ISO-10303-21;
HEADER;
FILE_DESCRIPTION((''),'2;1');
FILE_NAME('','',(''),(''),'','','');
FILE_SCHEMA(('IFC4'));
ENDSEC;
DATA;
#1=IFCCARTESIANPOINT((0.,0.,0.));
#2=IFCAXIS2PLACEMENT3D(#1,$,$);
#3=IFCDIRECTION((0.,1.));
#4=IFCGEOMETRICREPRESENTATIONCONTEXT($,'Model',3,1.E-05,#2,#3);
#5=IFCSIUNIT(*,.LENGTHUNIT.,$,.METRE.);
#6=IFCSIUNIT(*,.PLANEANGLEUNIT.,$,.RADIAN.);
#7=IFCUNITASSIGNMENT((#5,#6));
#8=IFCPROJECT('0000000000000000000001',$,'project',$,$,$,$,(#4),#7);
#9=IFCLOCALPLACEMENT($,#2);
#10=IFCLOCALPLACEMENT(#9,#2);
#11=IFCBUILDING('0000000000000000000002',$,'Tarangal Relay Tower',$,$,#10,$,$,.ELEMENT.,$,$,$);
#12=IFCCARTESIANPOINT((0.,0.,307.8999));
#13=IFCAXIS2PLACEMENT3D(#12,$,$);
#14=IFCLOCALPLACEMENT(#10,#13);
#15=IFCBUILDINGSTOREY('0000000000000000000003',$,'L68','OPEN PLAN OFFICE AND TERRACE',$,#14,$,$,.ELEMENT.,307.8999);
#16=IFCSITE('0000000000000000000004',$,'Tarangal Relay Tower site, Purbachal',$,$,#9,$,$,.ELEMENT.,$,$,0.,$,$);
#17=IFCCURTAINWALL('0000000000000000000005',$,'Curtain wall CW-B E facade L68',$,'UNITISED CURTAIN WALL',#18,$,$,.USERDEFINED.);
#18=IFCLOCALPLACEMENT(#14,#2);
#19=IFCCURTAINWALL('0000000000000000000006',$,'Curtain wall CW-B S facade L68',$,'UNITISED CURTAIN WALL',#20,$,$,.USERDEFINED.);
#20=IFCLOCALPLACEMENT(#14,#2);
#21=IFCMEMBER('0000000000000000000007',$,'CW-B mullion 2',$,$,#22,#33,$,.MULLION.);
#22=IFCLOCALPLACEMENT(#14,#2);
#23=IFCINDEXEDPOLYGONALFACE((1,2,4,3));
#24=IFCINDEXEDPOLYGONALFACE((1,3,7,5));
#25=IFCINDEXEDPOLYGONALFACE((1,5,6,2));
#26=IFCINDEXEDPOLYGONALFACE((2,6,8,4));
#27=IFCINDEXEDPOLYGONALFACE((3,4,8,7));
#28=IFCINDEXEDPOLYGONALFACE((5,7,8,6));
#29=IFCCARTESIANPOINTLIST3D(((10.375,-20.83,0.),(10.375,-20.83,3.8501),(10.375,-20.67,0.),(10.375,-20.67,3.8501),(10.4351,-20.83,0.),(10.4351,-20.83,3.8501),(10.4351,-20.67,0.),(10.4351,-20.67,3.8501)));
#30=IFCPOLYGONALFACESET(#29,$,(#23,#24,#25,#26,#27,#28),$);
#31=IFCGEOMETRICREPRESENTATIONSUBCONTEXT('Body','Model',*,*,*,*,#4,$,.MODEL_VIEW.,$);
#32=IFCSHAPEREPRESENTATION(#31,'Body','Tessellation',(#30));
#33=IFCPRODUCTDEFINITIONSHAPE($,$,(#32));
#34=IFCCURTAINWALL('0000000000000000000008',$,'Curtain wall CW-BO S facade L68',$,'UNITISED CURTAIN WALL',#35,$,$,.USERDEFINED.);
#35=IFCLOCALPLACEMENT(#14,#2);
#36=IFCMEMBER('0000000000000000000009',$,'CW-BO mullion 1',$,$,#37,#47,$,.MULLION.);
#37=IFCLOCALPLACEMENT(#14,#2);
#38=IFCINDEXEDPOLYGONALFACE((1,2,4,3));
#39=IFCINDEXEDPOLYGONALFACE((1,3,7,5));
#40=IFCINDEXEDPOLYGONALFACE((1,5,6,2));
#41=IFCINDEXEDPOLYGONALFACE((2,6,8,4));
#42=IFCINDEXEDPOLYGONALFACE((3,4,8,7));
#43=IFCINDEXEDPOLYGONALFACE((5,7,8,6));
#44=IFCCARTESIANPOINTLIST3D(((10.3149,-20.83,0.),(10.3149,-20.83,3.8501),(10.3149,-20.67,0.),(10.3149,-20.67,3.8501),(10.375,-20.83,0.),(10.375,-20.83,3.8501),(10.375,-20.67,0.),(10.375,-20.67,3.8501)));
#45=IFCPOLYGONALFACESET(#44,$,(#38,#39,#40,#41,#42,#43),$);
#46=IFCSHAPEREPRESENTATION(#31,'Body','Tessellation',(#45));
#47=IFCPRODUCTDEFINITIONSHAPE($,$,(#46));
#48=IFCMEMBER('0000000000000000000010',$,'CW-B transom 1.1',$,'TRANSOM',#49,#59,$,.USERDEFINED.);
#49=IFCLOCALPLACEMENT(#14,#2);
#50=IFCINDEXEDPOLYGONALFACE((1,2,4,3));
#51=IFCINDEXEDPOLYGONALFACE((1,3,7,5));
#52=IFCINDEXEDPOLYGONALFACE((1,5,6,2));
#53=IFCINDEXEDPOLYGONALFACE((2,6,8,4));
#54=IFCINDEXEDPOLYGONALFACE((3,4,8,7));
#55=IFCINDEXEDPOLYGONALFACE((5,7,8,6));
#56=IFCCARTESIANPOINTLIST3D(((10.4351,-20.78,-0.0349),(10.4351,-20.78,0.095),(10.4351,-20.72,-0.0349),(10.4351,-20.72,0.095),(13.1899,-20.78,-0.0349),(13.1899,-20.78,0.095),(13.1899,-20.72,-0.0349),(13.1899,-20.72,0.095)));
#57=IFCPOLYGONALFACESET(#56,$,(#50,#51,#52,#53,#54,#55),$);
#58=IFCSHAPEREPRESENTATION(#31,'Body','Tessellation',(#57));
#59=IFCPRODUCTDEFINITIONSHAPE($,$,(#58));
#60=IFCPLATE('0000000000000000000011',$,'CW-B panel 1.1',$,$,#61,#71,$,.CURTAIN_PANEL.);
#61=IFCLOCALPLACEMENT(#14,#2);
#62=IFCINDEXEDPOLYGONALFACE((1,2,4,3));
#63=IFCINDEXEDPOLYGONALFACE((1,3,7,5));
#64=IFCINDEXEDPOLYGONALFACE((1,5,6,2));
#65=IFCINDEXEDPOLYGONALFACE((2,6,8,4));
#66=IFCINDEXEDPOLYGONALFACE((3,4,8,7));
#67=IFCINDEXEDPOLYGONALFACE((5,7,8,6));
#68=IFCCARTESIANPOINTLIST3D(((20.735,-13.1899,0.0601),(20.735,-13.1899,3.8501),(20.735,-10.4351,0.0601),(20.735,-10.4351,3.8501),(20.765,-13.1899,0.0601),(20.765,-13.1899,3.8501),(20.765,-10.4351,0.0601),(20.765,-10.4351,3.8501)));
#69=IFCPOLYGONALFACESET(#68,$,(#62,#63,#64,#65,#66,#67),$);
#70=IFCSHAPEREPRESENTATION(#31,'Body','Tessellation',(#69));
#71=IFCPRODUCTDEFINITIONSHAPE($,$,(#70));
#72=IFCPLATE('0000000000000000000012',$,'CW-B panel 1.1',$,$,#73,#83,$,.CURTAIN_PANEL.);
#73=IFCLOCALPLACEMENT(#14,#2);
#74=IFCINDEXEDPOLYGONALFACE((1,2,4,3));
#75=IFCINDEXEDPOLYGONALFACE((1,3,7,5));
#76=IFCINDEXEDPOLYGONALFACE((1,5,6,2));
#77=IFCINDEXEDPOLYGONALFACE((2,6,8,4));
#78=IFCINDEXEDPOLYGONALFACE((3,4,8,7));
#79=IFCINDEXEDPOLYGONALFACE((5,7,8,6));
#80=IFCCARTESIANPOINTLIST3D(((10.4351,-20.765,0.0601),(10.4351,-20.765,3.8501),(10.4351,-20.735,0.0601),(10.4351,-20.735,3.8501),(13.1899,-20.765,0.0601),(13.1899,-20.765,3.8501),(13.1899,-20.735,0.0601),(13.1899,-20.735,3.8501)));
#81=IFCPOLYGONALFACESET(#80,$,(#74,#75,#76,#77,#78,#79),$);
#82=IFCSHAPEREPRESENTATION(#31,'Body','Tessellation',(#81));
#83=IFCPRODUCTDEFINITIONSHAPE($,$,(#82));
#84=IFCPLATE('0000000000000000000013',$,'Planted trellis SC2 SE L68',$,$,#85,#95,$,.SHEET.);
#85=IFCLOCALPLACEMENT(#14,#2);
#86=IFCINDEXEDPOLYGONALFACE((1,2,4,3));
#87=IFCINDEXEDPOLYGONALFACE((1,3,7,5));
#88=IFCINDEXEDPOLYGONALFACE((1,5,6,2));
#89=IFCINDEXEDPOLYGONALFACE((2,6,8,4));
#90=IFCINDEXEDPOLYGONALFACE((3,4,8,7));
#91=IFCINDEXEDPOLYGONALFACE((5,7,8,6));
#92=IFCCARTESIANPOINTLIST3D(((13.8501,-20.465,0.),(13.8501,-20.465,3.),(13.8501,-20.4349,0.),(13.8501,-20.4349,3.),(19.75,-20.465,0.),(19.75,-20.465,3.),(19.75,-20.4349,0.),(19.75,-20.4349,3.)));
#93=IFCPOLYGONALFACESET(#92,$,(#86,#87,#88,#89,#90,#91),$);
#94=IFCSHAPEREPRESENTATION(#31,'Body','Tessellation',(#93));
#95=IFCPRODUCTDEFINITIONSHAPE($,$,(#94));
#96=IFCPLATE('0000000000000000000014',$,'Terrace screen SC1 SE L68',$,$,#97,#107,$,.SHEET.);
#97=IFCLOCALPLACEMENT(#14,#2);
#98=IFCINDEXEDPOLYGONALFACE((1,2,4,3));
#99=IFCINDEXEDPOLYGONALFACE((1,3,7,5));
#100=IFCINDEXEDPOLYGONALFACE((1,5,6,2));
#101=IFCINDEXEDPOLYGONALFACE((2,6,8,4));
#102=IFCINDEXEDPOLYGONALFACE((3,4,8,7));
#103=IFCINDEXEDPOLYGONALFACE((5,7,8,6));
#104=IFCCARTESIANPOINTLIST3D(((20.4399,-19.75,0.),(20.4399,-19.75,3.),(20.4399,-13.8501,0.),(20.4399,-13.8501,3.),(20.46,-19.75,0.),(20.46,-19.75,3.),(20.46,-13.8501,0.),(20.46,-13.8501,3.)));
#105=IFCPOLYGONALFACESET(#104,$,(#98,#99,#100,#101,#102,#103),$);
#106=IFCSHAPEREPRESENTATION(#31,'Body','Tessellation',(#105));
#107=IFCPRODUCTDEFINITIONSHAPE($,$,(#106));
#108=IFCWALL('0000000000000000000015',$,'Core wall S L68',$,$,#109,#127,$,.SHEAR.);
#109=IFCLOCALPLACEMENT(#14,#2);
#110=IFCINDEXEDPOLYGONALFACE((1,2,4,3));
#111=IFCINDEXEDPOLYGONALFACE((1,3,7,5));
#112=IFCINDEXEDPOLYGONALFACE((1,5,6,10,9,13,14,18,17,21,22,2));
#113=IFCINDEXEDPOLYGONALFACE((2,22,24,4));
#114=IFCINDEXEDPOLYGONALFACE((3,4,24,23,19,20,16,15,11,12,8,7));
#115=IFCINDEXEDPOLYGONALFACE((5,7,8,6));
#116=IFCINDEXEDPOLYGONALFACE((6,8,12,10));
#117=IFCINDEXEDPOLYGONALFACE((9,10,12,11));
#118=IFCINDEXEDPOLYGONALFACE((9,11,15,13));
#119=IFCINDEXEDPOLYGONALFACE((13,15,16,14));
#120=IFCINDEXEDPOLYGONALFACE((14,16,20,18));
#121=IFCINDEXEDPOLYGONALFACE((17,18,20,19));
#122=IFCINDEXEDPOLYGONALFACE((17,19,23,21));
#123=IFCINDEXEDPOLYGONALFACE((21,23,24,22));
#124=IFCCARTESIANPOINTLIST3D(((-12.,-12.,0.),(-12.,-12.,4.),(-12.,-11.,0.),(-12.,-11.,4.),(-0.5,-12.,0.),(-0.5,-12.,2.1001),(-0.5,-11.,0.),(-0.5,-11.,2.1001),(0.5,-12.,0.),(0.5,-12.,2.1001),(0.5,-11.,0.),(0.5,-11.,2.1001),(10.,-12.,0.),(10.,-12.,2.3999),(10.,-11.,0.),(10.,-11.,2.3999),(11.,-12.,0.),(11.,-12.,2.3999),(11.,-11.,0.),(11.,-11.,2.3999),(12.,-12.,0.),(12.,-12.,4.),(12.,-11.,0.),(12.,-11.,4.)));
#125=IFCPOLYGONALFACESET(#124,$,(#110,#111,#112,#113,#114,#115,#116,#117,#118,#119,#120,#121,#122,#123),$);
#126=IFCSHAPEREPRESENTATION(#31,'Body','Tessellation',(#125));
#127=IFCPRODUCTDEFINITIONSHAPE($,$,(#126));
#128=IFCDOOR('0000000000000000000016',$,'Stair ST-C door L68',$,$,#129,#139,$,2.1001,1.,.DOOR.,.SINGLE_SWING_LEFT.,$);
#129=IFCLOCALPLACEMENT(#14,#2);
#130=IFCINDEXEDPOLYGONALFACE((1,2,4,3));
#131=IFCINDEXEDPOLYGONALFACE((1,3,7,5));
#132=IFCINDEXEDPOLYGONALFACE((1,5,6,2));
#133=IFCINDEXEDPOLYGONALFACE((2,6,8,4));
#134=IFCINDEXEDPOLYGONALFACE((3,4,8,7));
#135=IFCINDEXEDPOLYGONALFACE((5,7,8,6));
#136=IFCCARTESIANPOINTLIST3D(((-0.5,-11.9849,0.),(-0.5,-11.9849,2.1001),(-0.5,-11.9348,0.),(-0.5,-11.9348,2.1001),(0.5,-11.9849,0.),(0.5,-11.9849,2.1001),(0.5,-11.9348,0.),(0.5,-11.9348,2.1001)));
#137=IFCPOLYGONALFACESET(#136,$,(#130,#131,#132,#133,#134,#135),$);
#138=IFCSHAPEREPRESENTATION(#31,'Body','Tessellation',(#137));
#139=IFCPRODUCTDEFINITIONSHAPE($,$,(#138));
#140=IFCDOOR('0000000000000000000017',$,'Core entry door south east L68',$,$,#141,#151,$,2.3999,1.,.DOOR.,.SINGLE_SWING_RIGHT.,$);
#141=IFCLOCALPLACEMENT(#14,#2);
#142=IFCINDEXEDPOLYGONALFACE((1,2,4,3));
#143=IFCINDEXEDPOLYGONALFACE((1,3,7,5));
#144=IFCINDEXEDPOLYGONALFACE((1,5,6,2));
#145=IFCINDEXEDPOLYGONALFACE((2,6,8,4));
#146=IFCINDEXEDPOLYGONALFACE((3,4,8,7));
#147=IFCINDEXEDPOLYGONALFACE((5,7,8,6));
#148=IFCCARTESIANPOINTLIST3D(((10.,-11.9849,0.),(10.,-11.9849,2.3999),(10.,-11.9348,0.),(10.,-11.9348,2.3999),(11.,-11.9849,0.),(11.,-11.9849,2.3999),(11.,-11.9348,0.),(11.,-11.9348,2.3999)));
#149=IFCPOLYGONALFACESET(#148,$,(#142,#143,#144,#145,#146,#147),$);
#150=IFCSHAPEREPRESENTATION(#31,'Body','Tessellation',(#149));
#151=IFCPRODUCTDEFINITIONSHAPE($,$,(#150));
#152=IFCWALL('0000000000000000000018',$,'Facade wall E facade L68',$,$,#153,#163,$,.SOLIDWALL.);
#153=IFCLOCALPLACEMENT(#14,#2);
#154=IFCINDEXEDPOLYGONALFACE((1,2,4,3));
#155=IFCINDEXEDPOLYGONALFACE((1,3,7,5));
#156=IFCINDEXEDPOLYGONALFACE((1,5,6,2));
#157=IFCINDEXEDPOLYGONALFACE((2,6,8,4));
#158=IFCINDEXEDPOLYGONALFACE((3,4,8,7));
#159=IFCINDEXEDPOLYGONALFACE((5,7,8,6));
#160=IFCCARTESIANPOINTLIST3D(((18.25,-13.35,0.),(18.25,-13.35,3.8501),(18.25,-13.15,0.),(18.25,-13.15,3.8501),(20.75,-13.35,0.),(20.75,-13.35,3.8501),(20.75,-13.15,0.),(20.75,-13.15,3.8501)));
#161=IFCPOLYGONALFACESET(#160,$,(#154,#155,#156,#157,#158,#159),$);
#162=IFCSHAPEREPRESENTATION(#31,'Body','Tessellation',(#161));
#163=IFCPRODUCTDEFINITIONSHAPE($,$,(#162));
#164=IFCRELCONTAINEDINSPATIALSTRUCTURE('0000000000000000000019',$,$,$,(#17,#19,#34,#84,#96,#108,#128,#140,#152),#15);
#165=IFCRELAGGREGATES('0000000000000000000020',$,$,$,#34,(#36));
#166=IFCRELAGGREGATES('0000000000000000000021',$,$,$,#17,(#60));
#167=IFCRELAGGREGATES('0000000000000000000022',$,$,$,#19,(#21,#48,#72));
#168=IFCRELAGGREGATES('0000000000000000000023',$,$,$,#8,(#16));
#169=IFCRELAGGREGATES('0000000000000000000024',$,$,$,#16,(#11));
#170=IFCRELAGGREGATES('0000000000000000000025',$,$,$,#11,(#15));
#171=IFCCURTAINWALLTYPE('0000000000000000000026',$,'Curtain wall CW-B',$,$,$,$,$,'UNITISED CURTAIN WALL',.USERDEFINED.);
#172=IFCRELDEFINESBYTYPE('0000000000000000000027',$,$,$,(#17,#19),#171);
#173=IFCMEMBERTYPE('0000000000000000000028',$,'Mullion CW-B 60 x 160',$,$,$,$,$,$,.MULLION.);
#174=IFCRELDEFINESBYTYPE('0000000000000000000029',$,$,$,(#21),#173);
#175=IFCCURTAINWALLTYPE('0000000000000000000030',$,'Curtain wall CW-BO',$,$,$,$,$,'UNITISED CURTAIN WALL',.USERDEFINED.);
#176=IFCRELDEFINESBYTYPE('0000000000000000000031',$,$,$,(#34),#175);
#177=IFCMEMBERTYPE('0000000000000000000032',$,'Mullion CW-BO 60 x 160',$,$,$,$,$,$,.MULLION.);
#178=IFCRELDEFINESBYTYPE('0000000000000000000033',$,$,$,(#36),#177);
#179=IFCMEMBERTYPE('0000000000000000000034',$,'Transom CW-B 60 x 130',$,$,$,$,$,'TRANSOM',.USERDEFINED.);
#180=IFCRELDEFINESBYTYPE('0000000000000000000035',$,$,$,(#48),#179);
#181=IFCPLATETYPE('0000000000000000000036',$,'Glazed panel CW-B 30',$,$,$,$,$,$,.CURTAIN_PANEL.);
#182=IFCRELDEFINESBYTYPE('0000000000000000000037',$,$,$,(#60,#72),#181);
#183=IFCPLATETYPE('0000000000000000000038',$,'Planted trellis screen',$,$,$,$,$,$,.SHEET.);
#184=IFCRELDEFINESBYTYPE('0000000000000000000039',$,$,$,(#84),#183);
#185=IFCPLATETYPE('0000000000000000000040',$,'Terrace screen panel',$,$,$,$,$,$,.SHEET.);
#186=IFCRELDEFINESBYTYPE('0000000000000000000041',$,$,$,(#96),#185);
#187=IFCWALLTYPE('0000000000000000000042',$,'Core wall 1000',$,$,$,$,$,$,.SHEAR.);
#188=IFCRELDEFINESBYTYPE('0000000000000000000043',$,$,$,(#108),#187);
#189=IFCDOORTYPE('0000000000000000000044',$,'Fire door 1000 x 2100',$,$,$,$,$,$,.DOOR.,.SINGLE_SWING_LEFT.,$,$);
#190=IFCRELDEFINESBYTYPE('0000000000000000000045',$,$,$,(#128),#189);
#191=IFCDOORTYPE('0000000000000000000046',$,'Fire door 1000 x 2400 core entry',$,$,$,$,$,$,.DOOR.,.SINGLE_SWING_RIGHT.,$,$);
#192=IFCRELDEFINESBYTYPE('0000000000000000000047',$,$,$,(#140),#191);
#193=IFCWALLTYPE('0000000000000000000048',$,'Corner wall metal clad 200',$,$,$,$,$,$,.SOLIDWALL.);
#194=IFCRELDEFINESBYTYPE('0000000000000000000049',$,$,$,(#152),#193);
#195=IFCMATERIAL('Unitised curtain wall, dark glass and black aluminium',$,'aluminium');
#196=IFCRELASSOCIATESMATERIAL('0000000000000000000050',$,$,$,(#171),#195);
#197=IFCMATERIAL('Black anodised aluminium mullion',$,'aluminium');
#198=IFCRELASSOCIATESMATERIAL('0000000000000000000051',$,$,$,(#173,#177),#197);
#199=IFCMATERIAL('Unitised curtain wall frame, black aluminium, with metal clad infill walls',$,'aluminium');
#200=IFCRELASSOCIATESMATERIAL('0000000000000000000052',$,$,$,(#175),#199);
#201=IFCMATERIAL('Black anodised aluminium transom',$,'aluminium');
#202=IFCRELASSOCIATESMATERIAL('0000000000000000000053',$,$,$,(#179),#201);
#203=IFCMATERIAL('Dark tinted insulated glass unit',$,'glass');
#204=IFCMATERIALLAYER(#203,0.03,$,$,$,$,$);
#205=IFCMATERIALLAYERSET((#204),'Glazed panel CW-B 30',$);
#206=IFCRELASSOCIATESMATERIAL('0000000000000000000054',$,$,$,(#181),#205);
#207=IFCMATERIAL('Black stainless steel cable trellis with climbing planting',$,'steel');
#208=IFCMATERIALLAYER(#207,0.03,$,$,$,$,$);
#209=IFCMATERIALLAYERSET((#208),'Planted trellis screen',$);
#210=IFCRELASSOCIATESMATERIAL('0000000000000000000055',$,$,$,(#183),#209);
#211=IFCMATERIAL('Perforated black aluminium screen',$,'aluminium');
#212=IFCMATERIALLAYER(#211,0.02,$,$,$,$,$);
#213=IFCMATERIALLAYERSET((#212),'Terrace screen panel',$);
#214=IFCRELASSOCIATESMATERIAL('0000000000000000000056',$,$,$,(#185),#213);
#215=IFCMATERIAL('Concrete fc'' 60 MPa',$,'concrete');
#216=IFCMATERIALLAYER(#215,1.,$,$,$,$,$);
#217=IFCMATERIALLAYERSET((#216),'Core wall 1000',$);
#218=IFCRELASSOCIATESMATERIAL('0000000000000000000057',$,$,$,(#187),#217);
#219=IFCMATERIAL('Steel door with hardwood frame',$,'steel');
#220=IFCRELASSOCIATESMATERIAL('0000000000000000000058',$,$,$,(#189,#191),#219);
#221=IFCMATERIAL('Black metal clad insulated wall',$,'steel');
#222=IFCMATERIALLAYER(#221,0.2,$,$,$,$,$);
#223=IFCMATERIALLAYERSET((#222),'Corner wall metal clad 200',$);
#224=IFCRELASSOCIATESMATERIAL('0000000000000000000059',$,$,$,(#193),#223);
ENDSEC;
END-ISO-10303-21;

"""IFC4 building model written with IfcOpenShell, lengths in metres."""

from ifc_helpers import new_model, si_unit, direction, frame, frame_2d, origin, origin_2d, place, context, subcontext, project, spatial, rectangle, extrude, material, layer, layer_set, material_profile, profile_set, type_object, element, fill, aggregate, save


model = new_model("IFC4")

# Units and contexts
model_context = context("Model", 3, precision=1e-05, world=origin(), true_north=direction((0.0, 1.0)))
body_context = subcontext(model_context, "Body", "Model", "MODEL_VIEW")
ifc_project = project(units=[si_unit("LENGTHUNIT", "METRE"), si_unit("PLANEANGLEUNIT", "RADIAN")], contexts=[model_context])

# Site, building, storey
site_placement = place(None, origin())
site = spatial("IfcSite", under=ifc_project, at=site_placement, Name="Tarangal Relay Tower site, Purbachal", CompositionType="ELEMENT", RefElevation=0.0)
building_placement = place(site_placement, origin())
building = spatial("IfcBuilding", under=site, at=building_placement, Name="Tarangal Relay Tower", CompositionType="ELEMENT")
storey_placement = place(building_placement, frame((0.0, 0.0, 307.8999)))
storey = spatial("IfcBuildingStorey", under=building, at=storey_placement, Name="L68", Description="OPEN PLAN OFFICE AND TERRACE", CompositionType="ELEMENT", Elevation=307.8999)

# Curtain wall
ifc_material_1 = material(Name="Unitised curtain wall, dark glass and black aluminium", Category="aluminium")
curtain_wall_type_1 = type_object("IfcCurtainWallType", Name="Curtain wall CW-B", ElementType="UNITISED CURTAIN WALL", PredefinedType="USERDEFINED", material=ifc_material_1)
curtain_wall_1_placement = place(storey_placement, origin())
curtain_wall_1 = element("IfcCurtainWall", 1, at=curtain_wall_1_placement, inside=storey, type_object=curtain_wall_type_1, Name="Curtain wall CW-B E facade L68", ObjectType="UNITISED CURTAIN WALL", PredefinedType="USERDEFINED")
ifc_material_2 = material(Name="Black anodised aluminium mullion", Category="aluminium")
ifc_material_profile_1 = material_profile(ifc_material_2, rectangle(XDim=0.1599, YDim=0.0601, at=origin_2d()), Name="CW-BM 60X160")
ifc_profile_set_1 = profile_set([ifc_material_profile_1], Name="Black anodised aluminium mullion")
member_type_1 = type_object("IfcMemberType", Name="Mullion CW-B 60 x 160", PredefinedType="MULLION", material=ifc_profile_set_1)

# Curtain wall, member
curtain_wall_2_placement = place(storey_placement, origin())
curtain_wall_2 = element("IfcCurtainWall", 2, at=curtain_wall_2_placement, inside=storey, type_object=curtain_wall_type_1, Name="Curtain wall CW-B S facade L68", ObjectType="UNITISED CURTAIN WALL", PredefinedType="USERDEFINED")
member_1_placement = place(storey_placement, frame((10.405, -20.75, 0.0), z_axis=(0.0, 0.0, 1.0), x_axis=(0.0, -1.0, 0.0)))
member_1 = element("IfcMember", 3, at=member_1_placement, type_object=member_type_1, Name="CW-B mullion 2", PredefinedType="MULLION", context=body_context, shape_type="SweptSolid", body=[
    extrude(rectangle(XDim=0.1599, YDim=0.0601, at=origin_2d()), origin(), (0.0, 0.0, 1.0), 3.8501),
])

# Curtain wall, member
ifc_material_3 = material(Name="Unitised curtain wall frame, black aluminium, with metal clad infill walls", Category="aluminium")
curtain_wall_type_2 = type_object("IfcCurtainWallType", Name="Curtain wall CW-BO", ElementType="UNITISED CURTAIN WALL", PredefinedType="USERDEFINED", material=ifc_material_3)
curtain_wall_3_placement = place(storey_placement, origin())
curtain_wall_3 = element("IfcCurtainWall", 4, at=curtain_wall_3_placement, inside=storey, type_object=curtain_wall_type_2, Name="Curtain wall CW-BO S facade L68", ObjectType="UNITISED CURTAIN WALL", PredefinedType="USERDEFINED")
ifc_material_profile_2 = material_profile(ifc_material_2, rectangle(XDim=0.1599, YDim=0.0601, at=origin_2d()), Name="CW-BOM 60X160")
ifc_profile_set_2 = profile_set([ifc_material_profile_2], Name="Black anodised aluminium mullion")
member_type_2 = type_object("IfcMemberType", Name="Mullion CW-BO 60 x 160", PredefinedType="MULLION", material=ifc_profile_set_2)
member_2_placement = place(storey_placement, frame((10.345, -20.75, 0.0), z_axis=(0.0, 0.0, 1.0), x_axis=(0.0, -1.0, 0.0)))
member_2 = element("IfcMember", 5, at=member_2_placement, type_object=member_type_2, Name="CW-BO mullion 1", PredefinedType="MULLION", context=body_context, shape_type="SweptSolid", body=[
    extrude(rectangle(XDim=0.1599, YDim=0.0601, at=origin_2d()), origin(), (0.0, 0.0, 1.0), 3.8501),
])
aggregate(curtain_wall_3, [member_2])

# Member
ifc_material_4 = material(Name="Black anodised aluminium transom", Category="aluminium")
ifc_material_profile_3 = material_profile(ifc_material_4, rectangle(XDim=0.0601, YDim=0.1299, at=origin_2d()), Name="CW-BT 60X130")
ifc_profile_set_3 = profile_set([ifc_material_profile_3], Name="Black anodised aluminium transom")
member_type_3 = type_object("IfcMemberType", Name="Transom CW-B 60 x 130", ElementType="TRANSOM", PredefinedType="USERDEFINED", material=ifc_profile_set_3)
member_3_placement = place(storey_placement, frame((13.1899, -20.75, 0.03), z_axis=(-1.0, 0.0, 0.0), x_axis=(0.0, -1.0, 0.0)))
member_3 = element("IfcMember", 6, at=member_3_placement, type_object=member_type_3, Name="CW-B transom 1.1", ObjectType="TRANSOM", PredefinedType="USERDEFINED", context=body_context, shape_type="SweptSolid", body=[
    extrude(rectangle(XDim=0.0601, YDim=0.1299, at=origin_2d()), origin(), (0.0, 0.0, 1.0), 2.7549),
])

# Plates
ifc_material_5 = material(Name="Dark tinted insulated glass unit", Category="glass")
ifc_layer_1 = layer(ifc_material_5, 0.03)
ifc_layer_set_1 = layer_set([ifc_layer_1], Name="Glazed panel CW-B 30")
plate_type_1 = type_object("IfcPlateType", Name="Glazed panel CW-B 30", PredefinedType="CURTAIN_PANEL", material=ifc_layer_set_1)
plate_1_placement = place(storey_placement, frame((20.75, -11.8125, 0.0601), z_axis=(0.0, 0.0, 1.0), x_axis=(0.0, -1.0, 0.0)))
plate_1 = element("IfcPlate", 7, at=plate_1_placement, type_object=plate_type_1, Name="CW-B panel 1.1", PredefinedType="CURTAIN_PANEL", context=body_context, shape_type="SweptSolid", body=[
    extrude(rectangle(XDim=2.7549, YDim=0.03, at=origin_2d()), origin(), (0.0, 0.0, 1.0), 3.79),
])
aggregate(curtain_wall_1, [plate_1])
plate_2_placement = place(storey_placement, frame((11.8125, -20.75, 0.0601), z_axis=(0.0, 0.0, 1.0), x_axis=(-1.0, 0.0, 0.0)))
plate_2 = element("IfcPlate", 8, at=plate_2_placement, type_object=plate_type_1, Name="CW-B panel 1.1", PredefinedType="CURTAIN_PANEL", context=body_context, shape_type="SweptSolid", body=[
    extrude(rectangle(XDim=2.7549, YDim=0.03, at=origin_2d()), origin(), (0.0, 0.0, 1.0), 3.79),
])
aggregate(curtain_wall_2, [member_1, member_3, plate_2])

# Plates
ifc_material_6 = material(Name="Black stainless steel cable trellis with climbing planting", Category="steel")
ifc_layer_2 = layer(ifc_material_6, 0.03)
ifc_layer_set_2 = layer_set([ifc_layer_2], Name="Planted trellis screen")
plate_type_2 = type_object("IfcPlateType", Name="Planted trellis screen", PredefinedType="SHEET", material=ifc_layer_set_2)
plate_3_placement = place(storey_placement, frame((16.8, -20.45, 0.0), z_axis=(0.0, 0.0, 1.0), x_axis=(-1.0, 0.0, 0.0)))
element("IfcPlate", 9, at=plate_3_placement, inside=storey, type_object=plate_type_2, Name="Planted trellis SC2 SE L68", PredefinedType="SHEET", context=body_context, shape_type="SweptSolid", body=[
    extrude(rectangle(XDim=5.8999, YDim=0.03, at=origin_2d()), origin(), (0.0, 0.0, 1.0), 3.0),
])
ifc_material_7 = material(Name="Perforated black aluminium screen", Category="aluminium")
ifc_layer_3 = layer(ifc_material_7, 0.02)
ifc_layer_set_3 = layer_set([ifc_layer_3], Name="Terrace screen panel")
plate_type_3 = type_object("IfcPlateType", Name="Terrace screen panel", PredefinedType="SHEET", material=ifc_layer_set_3)
plate_4_placement = place(storey_placement, frame((20.45, -16.8, 0.0), z_axis=(0.0, 0.0, 1.0), x_axis=(0.0, -1.0, 0.0)))
element("IfcPlate", 10, at=plate_4_placement, inside=storey, type_object=plate_type_3, Name="Terrace screen SC1 SE L68", PredefinedType="SHEET", context=body_context, shape_type="SweptSolid", body=[
    extrude(rectangle(XDim=5.8999, YDim=0.02, at=origin_2d()), origin(), (0.0, 0.0, 1.0), 3.0),
])

# Wall, openings, doors
ifc_material_8 = material(Name="Concrete fc' 60 MPa", Category="concrete")
ifc_layer_4 = layer(ifc_material_8, 1.0)
ifc_layer_set_4 = layer_set([ifc_layer_4], Name="Core wall 1000")
wall_type_1 = type_object("IfcWallType", Name="Core wall 1000", PredefinedType="SHEAR", material=ifc_layer_set_4)
wall_1_placement = place(storey_placement, frame((12.0, -11.5, 0.0), z_axis=(0.0, 0.0, 1.0), x_axis=(-1.0, 0.0, 0.0)))
wall_1 = element("IfcWall", 11, at=wall_1_placement, inside=storey, type_object=wall_type_1, Name="Core wall S L68", PredefinedType="SHEAR", context=body_context, shape_type="SweptSolid", body=[
    extrude(rectangle(XDim=24.0, YDim=1.0, at=frame_2d((12.0, 0.0))), origin(), (0.0, 0.0, 1.0), 4.0),
])
opening_1_placement = place(wall_1_placement, frame((11.5, 0.0, 0.0)))
opening_1 = element("IfcOpeningElement", 12, at=opening_1_placement, cuts=wall_1, PredefinedType="OPENING", context=body_context, shape_type="SweptSolid", body=[
    extrude(rectangle(XDim=1.0, YDim=2.1001, at=frame_2d((0.5, 1.05))), frame((0.0, 0.51, 0.0), z_axis=(0.0, -1.0, 0.0), x_axis=(1.0, 0.0, 0.0)), (0.0, 0.0, 1.0), 1.02),
])
opening_2_placement = place(wall_1_placement, frame((1.0, 0.0, 0.0)))
opening_2 = element("IfcOpeningElement", 13, at=opening_2_placement, cuts=wall_1, PredefinedType="OPENING", context=body_context, shape_type="SweptSolid", body=[
    extrude(rectangle(XDim=1.0, YDim=2.3999, at=frame_2d((0.5, 1.2))), frame((0.0, 0.51, 0.0), z_axis=(0.0, -1.0, 0.0), x_axis=(1.0, 0.0, 0.0)), (0.0, 0.0, 1.0), 1.02),
])
ifc_material_9 = material(Name="Steel door with hardwood frame", Category="steel")
door_type_1 = type_object("IfcDoorType", Name="Fire door 1000 x 2100", OperationType="SINGLE_SWING_LEFT", PredefinedType="DOOR", material=ifc_material_9)
door_1_placement = place(opening_1_placement, origin())
door_1 = element("IfcDoor", 14, at=door_1_placement, inside=storey, type_object=door_type_1, Name="Stair ST-C door L68", OperationType="SINGLE_SWING_LEFT", OverallHeight=2.1001, OverallWidth=1.0, PredefinedType="DOOR", context=body_context, shape_type="SweptSolid", body=[
    extrude(rectangle(XDim=1.0, YDim=2.1001, at=frame_2d((0.5, 1.05))), frame((0.0, 0.4849, 0.0), z_axis=(0.0, -1.0, 0.0), x_axis=(1.0, 0.0, 0.0)), (0.0, 0.0, 1.0), 0.05),
])
fill(opening_1, door_1)
door_type_2 = type_object("IfcDoorType", Name="Fire door 1000 x 2400 core entry", OperationType="SINGLE_SWING_RIGHT", PredefinedType="DOOR", material=ifc_material_9)
door_2_placement = place(opening_2_placement, origin())
door_2 = element("IfcDoor", 15, at=door_2_placement, inside=storey, type_object=door_type_2, Name="Core entry door south east L68", OperationType="SINGLE_SWING_RIGHT", OverallHeight=2.3999, OverallWidth=1.0, PredefinedType="DOOR", context=body_context, shape_type="SweptSolid", body=[
    extrude(rectangle(XDim=1.0, YDim=2.3999, at=frame_2d((0.5, 1.2))), frame((0.0, 0.4849, 0.0), z_axis=(0.0, -1.0, 0.0), x_axis=(1.0, 0.0, 0.0)), (0.0, 0.0, 1.0), 0.05),
])
fill(opening_2, door_2)

# Wall
ifc_material_10 = material(Name="Black metal clad insulated wall", Category="steel")
ifc_layer_5 = layer(ifc_material_10, 0.2)
ifc_layer_set_5 = layer_set([ifc_layer_5], Name="Corner wall metal clad 200")
wall_type_2 = type_object("IfcWallType", Name="Corner wall metal clad 200", PredefinedType="SOLIDWALL", material=ifc_layer_set_5)
wall_2_placement = place(storey_placement, frame((20.75, -13.25, 0.0), z_axis=(0.0, 0.0, 1.0), x_axis=(-1.0, 0.0, 0.0)))
element("IfcWall", 16, at=wall_2_placement, inside=storey, type_object=wall_type_2, Name="Facade wall E facade L68", PredefinedType="SOLIDWALL", context=body_context, shape_type="SweptSolid", body=[
    extrude(rectangle(XDim=2.5, YDim=0.2, at=frame_2d((1.25, 0.0))), origin(), (0.0, 0.0, 1.0), 3.8501),
])

save(model, "model.ifc")
